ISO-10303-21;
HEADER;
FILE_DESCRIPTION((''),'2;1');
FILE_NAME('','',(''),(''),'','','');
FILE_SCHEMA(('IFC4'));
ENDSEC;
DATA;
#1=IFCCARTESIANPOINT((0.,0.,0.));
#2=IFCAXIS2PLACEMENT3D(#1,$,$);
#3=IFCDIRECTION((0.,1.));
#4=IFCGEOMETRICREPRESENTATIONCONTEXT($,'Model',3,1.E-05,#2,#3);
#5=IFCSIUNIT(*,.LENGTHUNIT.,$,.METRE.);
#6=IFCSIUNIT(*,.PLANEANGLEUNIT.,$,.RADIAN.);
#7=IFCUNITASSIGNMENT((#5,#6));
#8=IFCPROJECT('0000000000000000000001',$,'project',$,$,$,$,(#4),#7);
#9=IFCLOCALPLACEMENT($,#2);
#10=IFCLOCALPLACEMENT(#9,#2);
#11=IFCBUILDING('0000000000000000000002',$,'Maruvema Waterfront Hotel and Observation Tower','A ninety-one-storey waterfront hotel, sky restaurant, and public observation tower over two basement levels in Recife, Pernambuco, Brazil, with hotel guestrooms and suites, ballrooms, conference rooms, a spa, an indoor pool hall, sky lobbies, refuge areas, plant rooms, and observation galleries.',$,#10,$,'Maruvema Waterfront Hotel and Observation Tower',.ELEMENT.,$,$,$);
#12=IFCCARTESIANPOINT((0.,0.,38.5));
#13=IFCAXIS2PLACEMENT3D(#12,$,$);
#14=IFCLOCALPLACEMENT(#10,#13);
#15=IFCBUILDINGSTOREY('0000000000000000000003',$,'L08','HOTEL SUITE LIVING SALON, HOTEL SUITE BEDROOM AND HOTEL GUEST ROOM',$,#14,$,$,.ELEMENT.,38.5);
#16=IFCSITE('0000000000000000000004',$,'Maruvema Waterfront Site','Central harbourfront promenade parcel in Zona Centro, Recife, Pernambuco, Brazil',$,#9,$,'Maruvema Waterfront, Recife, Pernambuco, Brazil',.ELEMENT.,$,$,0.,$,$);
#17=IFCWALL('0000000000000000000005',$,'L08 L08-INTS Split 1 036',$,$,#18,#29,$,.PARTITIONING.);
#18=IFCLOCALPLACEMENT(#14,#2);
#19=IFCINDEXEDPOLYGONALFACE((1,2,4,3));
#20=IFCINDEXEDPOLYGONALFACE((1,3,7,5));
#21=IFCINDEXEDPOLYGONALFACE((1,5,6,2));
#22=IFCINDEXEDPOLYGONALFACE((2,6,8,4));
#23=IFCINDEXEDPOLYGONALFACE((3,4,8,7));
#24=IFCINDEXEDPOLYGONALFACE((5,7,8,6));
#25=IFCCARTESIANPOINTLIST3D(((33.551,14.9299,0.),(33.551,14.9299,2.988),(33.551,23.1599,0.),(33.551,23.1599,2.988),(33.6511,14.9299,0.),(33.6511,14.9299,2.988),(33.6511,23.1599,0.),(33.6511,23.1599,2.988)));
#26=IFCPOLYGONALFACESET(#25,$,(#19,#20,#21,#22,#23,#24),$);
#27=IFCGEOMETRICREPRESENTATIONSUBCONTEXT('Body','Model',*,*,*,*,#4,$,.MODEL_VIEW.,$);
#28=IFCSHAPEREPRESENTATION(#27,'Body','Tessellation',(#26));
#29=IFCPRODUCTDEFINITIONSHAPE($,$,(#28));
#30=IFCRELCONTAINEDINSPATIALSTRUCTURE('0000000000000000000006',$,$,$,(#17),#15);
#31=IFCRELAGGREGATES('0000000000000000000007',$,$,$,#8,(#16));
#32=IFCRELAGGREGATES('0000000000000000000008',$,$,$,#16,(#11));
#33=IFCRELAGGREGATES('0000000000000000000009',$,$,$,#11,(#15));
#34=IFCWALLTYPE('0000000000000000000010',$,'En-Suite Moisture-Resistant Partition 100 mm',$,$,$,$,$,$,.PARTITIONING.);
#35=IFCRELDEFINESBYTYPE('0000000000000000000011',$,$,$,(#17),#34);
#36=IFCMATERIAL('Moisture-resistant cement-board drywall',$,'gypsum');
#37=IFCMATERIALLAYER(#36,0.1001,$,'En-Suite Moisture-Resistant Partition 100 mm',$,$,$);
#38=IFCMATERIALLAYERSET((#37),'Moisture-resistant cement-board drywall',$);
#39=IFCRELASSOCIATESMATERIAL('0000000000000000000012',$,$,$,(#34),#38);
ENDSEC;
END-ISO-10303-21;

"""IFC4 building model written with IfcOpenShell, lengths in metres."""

from ifc_helpers import new_model, si_unit, direction, frame, frame_2d, origin, place, context, subcontext, project, spatial, rectangle, extrude, material, layer, layer_set, type_object, element, save


model = new_model("IFC4")

# Units and contexts
model_context = context("Model", 3, precision=1e-05, world=origin(), true_north=direction((0.0, 1.0)))
body_context = subcontext(model_context, "Body", "Model", "MODEL_VIEW")
ifc_project = project(units=[si_unit("LENGTHUNIT", "METRE"), si_unit("PLANEANGLEUNIT", "RADIAN")], contexts=[model_context])

# Site, building, storey
site_placement = place(None, origin())
site = spatial("IfcSite", under=ifc_project, at=site_placement, Name="Maruvema Waterfront Site", Description="Central harbourfront promenade parcel in Zona Centro, Recife, Pernambuco, Brazil", LongName="Maruvema Waterfront, Recife, Pernambuco, Brazil", CompositionType="ELEMENT", RefElevation=0.0)
building_placement = place(site_placement, origin())
building = spatial("IfcBuilding", under=site, at=building_placement, Name="Maruvema Waterfront Hotel and Observation Tower", Description="A ninety-one-storey waterfront hotel, sky restaurant, and public observation tower over two basement levels in Recife, Pernambuco, Brazil, with hotel guestrooms and suites, ballrooms, conference rooms, a spa, an indoor pool hall, sky lobbies, refuge areas, plant rooms, and observation galleries.", LongName="Maruvema Waterfront Hotel and Observation Tower", CompositionType="ELEMENT")
storey_placement = place(building_placement, frame((0.0, 0.0, 38.5)))
storey = spatial("IfcBuildingStorey", under=building, at=storey_placement, Name="L08", Description="HOTEL SUITE LIVING SALON, HOTEL SUITE BEDROOM AND HOTEL GUEST ROOM", CompositionType="ELEMENT", Elevation=38.5)

# Wall
ifc_material_1 = material(Name="Moisture-resistant cement-board drywall", Category="gypsum")
ifc_layer_1 = layer(ifc_material_1, 0.1001, Name="En-Suite Moisture-Resistant Partition 100 mm")
ifc_layer_set_1 = layer_set([ifc_layer_1], Name="Moisture-resistant cement-board drywall")
wall_type_1 = type_object("IfcWallType", Name="En-Suite Moisture-Resistant Partition 100 mm", PredefinedType="PARTITIONING", material=ifc_layer_set_1)
wall_1_placement = place(storey_placement, frame((33.6011, 14.9299, 0.0), z_axis=(0.0, 0.0, 1.0), x_axis=(0.0, 1.0, 0.0)))
element("IfcWall", 1, at=wall_1_placement, inside=storey, type_object=wall_type_1, Name="L08 L08-INTS Split 1 036", PredefinedType="PARTITIONING", context=body_context, shape_type="SweptSolid", body=[
    extrude(rectangle(XDim=8.23, YDim=0.1001, at=frame_2d((4.115, 0.0))), origin(), (0.0, 0.0, 1.0), 2.988),
])

save(model, "model.ifc")
